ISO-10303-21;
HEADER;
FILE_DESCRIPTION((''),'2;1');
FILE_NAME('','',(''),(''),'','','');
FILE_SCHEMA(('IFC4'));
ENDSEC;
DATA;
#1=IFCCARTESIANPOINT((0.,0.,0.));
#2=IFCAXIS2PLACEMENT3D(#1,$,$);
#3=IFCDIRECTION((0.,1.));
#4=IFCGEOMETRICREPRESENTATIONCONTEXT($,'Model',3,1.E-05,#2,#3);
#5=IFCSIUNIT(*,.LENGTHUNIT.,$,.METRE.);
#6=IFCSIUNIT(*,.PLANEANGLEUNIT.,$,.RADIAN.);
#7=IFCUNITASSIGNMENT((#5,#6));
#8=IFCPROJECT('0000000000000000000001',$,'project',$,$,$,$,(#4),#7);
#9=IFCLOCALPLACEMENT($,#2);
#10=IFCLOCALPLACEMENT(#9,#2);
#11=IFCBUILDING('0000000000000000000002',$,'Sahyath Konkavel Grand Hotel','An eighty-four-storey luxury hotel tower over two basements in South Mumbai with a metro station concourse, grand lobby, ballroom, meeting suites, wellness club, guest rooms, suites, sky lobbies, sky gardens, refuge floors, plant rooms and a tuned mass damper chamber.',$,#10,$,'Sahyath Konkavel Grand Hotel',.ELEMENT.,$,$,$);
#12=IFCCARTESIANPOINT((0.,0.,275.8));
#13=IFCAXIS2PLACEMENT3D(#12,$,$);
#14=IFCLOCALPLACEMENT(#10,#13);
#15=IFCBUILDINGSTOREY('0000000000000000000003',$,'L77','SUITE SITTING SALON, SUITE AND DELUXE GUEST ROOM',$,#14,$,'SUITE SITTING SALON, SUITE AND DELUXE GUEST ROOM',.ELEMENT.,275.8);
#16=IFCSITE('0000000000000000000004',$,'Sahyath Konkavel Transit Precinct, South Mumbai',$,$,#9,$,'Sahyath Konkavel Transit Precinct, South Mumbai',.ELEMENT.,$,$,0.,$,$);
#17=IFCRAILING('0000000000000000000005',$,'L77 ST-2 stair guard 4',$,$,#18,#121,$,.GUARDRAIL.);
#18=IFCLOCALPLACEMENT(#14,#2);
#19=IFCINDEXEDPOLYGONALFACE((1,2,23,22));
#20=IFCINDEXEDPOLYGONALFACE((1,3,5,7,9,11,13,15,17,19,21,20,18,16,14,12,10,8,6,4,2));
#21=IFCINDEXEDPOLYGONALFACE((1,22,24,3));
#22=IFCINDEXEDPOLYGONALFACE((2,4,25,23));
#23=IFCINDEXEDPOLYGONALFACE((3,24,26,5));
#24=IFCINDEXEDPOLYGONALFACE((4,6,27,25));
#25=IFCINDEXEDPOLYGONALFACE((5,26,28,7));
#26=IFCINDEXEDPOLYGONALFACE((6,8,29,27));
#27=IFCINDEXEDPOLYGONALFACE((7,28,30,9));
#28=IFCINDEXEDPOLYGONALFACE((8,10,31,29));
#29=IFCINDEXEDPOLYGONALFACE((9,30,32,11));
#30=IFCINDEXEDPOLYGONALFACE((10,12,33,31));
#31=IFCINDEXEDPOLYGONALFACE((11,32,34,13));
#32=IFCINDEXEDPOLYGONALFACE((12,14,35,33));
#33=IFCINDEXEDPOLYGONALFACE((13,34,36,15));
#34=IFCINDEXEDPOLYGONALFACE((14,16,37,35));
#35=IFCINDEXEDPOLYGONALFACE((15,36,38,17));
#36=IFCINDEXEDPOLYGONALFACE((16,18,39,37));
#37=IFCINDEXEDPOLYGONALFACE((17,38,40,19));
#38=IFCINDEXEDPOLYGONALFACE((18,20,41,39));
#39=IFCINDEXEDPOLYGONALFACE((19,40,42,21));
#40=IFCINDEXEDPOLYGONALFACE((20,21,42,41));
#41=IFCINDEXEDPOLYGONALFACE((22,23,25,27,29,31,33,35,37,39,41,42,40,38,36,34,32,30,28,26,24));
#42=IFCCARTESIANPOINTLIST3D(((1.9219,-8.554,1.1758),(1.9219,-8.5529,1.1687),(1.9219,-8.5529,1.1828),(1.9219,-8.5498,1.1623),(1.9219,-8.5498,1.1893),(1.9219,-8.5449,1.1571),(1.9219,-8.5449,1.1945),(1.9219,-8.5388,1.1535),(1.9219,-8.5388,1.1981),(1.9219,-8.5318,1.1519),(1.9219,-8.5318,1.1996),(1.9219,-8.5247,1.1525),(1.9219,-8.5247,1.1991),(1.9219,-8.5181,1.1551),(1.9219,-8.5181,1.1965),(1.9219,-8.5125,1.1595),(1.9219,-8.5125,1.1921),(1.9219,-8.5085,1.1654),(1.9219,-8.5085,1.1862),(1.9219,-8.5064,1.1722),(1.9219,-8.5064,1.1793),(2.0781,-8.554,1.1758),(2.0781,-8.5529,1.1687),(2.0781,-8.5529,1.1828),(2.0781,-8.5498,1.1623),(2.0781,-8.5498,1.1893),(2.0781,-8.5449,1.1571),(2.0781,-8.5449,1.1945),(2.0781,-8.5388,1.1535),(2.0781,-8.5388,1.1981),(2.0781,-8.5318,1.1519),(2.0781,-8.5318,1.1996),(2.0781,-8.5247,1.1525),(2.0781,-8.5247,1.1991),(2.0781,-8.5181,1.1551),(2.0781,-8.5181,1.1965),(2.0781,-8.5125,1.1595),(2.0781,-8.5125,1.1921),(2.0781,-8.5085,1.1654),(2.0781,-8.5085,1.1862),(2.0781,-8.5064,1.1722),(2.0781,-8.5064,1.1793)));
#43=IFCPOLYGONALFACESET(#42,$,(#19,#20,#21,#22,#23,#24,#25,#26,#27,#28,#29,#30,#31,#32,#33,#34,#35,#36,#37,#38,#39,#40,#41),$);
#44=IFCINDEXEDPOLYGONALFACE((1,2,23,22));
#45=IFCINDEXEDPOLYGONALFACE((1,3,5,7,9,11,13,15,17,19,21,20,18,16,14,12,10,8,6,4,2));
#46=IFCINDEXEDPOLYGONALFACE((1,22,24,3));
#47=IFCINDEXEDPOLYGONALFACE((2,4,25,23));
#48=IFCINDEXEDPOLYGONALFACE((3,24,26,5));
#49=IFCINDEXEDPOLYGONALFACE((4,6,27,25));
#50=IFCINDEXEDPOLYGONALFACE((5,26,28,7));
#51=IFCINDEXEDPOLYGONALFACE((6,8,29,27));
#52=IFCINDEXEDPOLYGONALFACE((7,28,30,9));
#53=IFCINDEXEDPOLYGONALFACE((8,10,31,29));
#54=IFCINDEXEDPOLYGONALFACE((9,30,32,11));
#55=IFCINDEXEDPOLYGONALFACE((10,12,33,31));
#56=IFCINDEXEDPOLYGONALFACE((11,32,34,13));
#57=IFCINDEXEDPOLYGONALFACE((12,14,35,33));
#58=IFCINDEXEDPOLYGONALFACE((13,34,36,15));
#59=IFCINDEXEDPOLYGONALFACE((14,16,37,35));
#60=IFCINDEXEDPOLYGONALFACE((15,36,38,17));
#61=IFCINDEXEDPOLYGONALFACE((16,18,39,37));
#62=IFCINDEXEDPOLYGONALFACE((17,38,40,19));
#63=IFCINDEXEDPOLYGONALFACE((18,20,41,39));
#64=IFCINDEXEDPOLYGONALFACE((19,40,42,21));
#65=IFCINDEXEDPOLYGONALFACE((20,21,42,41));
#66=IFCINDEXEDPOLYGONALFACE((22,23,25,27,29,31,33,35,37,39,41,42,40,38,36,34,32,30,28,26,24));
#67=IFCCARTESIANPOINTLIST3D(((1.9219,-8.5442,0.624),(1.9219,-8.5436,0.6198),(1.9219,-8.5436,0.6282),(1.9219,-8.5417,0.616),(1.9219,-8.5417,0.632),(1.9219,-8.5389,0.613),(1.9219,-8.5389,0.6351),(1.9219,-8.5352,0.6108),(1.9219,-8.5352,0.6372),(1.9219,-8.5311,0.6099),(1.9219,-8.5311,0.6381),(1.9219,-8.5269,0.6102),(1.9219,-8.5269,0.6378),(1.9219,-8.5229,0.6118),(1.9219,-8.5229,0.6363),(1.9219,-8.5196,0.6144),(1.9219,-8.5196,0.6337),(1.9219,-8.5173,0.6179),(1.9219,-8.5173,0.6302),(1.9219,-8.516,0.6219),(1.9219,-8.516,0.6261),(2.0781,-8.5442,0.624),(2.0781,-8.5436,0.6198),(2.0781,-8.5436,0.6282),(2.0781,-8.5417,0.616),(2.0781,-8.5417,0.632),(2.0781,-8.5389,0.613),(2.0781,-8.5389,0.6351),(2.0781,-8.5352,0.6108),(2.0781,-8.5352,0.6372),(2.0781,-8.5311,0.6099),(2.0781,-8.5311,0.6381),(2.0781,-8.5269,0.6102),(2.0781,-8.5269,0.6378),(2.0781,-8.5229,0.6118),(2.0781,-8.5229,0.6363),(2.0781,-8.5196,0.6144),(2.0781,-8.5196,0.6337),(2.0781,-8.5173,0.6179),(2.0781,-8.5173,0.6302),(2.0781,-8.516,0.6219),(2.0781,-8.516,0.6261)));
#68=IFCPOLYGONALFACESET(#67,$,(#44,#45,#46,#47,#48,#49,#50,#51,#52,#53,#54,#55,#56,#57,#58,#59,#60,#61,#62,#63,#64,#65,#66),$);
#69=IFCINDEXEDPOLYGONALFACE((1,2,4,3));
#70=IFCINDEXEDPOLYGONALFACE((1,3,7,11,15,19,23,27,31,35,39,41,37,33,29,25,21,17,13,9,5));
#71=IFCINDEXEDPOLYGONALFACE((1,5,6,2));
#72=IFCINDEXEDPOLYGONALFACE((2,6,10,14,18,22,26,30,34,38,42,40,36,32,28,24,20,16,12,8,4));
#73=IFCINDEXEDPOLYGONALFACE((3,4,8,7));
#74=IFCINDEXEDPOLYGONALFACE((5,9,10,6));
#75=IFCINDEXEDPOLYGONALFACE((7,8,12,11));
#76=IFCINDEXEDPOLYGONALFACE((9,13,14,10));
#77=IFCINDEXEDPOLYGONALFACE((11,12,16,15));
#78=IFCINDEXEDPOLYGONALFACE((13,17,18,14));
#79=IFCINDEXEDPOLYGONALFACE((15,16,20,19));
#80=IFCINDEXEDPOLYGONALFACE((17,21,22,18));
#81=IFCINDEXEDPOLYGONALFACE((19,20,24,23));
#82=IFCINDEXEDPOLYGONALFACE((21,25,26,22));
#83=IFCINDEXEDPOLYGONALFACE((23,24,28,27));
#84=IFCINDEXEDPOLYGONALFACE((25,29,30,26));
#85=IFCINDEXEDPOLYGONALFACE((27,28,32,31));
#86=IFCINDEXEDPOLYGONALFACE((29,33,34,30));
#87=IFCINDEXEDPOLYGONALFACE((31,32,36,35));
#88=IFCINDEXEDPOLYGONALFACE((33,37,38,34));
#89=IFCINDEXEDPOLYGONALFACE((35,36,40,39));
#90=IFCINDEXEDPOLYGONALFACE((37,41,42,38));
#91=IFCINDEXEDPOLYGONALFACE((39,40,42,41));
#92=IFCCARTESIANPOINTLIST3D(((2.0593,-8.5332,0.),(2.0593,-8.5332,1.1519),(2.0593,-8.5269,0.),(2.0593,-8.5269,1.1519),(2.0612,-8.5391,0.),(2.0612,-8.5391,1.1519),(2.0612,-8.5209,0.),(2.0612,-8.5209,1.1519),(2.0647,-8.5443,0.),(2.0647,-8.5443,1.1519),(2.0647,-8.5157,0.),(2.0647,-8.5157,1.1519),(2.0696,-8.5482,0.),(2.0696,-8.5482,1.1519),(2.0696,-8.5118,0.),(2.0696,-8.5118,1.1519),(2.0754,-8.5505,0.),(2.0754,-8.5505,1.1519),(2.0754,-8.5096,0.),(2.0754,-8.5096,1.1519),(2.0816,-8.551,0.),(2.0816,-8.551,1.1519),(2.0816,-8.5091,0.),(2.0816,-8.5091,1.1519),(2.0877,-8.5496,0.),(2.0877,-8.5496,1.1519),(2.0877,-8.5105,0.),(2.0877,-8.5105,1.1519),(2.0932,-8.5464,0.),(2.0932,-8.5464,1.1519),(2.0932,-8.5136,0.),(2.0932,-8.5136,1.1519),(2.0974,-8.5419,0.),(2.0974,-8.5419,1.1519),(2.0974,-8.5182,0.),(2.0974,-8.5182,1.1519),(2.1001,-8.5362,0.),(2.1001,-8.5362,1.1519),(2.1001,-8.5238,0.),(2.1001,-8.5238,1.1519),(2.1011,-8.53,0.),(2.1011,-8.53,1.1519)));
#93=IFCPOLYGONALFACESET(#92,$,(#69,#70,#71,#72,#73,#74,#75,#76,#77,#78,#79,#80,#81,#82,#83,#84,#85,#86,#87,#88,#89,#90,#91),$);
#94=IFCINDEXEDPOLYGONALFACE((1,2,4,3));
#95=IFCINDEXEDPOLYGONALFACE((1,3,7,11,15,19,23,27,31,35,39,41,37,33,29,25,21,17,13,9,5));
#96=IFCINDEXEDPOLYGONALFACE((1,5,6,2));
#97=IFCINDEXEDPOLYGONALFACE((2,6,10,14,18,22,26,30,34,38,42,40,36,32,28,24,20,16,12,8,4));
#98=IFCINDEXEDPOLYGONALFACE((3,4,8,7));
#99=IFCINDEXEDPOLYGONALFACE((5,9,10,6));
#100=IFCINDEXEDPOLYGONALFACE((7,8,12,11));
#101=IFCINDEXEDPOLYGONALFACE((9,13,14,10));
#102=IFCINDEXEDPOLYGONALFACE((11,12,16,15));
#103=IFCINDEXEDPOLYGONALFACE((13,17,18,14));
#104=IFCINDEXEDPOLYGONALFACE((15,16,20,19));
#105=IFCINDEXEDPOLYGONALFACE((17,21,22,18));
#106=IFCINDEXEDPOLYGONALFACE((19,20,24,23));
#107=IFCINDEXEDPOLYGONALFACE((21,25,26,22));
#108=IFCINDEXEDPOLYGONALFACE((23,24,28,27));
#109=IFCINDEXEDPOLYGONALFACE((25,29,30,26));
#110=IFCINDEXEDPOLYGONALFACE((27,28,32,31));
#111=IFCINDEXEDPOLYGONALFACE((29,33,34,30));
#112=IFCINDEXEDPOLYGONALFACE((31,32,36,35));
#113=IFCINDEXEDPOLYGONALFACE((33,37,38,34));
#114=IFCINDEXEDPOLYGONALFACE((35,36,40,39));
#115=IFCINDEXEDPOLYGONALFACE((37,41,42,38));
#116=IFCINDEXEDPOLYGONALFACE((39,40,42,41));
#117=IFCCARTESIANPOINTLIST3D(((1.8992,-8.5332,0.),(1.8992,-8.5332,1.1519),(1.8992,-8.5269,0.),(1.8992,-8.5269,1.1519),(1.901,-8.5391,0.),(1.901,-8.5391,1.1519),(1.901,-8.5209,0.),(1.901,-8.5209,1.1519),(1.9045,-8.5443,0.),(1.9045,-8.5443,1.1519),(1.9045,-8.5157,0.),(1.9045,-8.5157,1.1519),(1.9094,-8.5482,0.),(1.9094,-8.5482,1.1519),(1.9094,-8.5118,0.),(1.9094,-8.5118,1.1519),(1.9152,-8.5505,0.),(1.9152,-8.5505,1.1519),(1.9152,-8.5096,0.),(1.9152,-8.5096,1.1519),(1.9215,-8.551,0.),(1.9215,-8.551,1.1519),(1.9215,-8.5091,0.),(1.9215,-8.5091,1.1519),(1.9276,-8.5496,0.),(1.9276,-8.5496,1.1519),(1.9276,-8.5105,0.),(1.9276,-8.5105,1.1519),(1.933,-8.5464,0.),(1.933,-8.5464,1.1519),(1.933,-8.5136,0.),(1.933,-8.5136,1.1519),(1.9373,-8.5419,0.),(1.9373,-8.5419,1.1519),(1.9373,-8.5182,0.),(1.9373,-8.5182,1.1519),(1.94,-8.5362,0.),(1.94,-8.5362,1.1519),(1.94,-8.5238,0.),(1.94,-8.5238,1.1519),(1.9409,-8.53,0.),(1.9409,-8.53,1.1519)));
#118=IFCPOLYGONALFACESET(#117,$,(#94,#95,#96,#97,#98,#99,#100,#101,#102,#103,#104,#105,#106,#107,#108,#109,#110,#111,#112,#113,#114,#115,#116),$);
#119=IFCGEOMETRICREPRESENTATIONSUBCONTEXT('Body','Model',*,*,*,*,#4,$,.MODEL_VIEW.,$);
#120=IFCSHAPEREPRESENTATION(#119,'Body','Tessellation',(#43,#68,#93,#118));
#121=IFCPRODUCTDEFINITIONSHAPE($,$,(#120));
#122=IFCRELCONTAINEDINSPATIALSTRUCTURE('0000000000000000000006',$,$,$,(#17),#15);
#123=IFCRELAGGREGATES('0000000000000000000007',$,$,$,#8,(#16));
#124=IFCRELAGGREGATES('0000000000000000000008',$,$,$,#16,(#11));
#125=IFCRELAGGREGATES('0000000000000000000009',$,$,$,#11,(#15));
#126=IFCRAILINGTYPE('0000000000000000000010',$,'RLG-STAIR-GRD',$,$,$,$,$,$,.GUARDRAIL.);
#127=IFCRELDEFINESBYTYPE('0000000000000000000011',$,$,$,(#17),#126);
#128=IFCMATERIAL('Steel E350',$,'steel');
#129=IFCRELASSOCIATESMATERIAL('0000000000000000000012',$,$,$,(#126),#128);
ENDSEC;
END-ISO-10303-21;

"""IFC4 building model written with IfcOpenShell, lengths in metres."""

from ifc_helpers import new_model, si_unit, direction, frame, origin, origin_2d, place, context, subcontext, project, spatial, circle, extrude, material, type_object, element, save


model = new_model("IFC4")

# Units and contexts
model_context = context("Model", 3, precision=1e-05, world=origin(), true_north=direction((0.0, 1.0)))
body_context = subcontext(model_context, "Body", "Model", "MODEL_VIEW")
ifc_project = project(units=[si_unit("LENGTHUNIT", "METRE"), si_unit("PLANEANGLEUNIT", "RADIAN")], contexts=[model_context])

# Site, building, storey
site_placement = place(None, origin())
site = spatial("IfcSite", under=ifc_project, at=site_placement, Name="Sahyath Konkavel Transit Precinct, South Mumbai", LongName="Sahyath Konkavel Transit Precinct, South Mumbai", CompositionType="ELEMENT", RefElevation=0.0)
building_placement = place(site_placement, origin())
building = spatial("IfcBuilding", under=site, at=building_placement, Name="Sahyath Konkavel Grand Hotel", Description="An eighty-four-storey luxury hotel tower over two basements in South Mumbai with a metro station concourse, grand lobby, ballroom, meeting suites, wellness club, guest rooms, suites, sky lobbies, sky gardens, refuge floors, plant rooms and a tuned mass damper chamber.", LongName="Sahyath Konkavel Grand Hotel", CompositionType="ELEMENT")
storey_placement = place(building_placement, frame((0.0, 0.0, 275.8)))
storey = spatial("IfcBuildingStorey", under=building, at=storey_placement, Name="L77", Description="SUITE SITTING SALON, SUITE AND DELUXE GUEST ROOM", LongName="SUITE SITTING SALON, SUITE AND DELUXE GUEST ROOM", CompositionType="ELEMENT", Elevation=275.8)

# Shared definitions
ifc_material_1 = material(Name="Steel E350", Category="steel")

# Railing
railing_type_1 = type_object("IfcRailingType", Name="RLG-STAIR-GRD", PredefinedType="GUARDRAIL", material=ifc_material_1)
railing_1_placement = place(storey_placement, frame((2.0801, -8.53, 0.0)))
element("IfcRailing", 1, at=railing_1_placement, inside=storey, type_object=railing_type_1, Name="L77 ST-2 stair guard 4", PredefinedType="GUARDRAIL", context=body_context, shape_type="SweptSolid", body=[
    extrude(circle(Radius=0.0239, at=origin_2d()), frame((-0.002, 0.0, 1.1758), z_axis=(-1.0, 0.0, 0.0), x_axis=(0.0, -1.0, 0.0)), (0.0, 0.0, 1.0), 0.1562),
    extrude(circle(Radius=0.0142, at=origin_2d()), frame((-0.002, 0.0, 0.624), z_axis=(-1.0, 0.0, 0.0), x_axis=(0.0, -1.0, 0.0)), (0.0, 0.0, 1.0), 0.1562),
    extrude(circle(Radius=0.021, at=origin_2d()), origin(), (0.0, 0.0, 1.0), 1.1519),
    extrude(circle(Radius=0.021, at=origin_2d()), frame((-0.1602, 0.0, 0.0)), (0.0, 0.0, 1.0), 1.1519),
])

save(model, "model.ifc")
